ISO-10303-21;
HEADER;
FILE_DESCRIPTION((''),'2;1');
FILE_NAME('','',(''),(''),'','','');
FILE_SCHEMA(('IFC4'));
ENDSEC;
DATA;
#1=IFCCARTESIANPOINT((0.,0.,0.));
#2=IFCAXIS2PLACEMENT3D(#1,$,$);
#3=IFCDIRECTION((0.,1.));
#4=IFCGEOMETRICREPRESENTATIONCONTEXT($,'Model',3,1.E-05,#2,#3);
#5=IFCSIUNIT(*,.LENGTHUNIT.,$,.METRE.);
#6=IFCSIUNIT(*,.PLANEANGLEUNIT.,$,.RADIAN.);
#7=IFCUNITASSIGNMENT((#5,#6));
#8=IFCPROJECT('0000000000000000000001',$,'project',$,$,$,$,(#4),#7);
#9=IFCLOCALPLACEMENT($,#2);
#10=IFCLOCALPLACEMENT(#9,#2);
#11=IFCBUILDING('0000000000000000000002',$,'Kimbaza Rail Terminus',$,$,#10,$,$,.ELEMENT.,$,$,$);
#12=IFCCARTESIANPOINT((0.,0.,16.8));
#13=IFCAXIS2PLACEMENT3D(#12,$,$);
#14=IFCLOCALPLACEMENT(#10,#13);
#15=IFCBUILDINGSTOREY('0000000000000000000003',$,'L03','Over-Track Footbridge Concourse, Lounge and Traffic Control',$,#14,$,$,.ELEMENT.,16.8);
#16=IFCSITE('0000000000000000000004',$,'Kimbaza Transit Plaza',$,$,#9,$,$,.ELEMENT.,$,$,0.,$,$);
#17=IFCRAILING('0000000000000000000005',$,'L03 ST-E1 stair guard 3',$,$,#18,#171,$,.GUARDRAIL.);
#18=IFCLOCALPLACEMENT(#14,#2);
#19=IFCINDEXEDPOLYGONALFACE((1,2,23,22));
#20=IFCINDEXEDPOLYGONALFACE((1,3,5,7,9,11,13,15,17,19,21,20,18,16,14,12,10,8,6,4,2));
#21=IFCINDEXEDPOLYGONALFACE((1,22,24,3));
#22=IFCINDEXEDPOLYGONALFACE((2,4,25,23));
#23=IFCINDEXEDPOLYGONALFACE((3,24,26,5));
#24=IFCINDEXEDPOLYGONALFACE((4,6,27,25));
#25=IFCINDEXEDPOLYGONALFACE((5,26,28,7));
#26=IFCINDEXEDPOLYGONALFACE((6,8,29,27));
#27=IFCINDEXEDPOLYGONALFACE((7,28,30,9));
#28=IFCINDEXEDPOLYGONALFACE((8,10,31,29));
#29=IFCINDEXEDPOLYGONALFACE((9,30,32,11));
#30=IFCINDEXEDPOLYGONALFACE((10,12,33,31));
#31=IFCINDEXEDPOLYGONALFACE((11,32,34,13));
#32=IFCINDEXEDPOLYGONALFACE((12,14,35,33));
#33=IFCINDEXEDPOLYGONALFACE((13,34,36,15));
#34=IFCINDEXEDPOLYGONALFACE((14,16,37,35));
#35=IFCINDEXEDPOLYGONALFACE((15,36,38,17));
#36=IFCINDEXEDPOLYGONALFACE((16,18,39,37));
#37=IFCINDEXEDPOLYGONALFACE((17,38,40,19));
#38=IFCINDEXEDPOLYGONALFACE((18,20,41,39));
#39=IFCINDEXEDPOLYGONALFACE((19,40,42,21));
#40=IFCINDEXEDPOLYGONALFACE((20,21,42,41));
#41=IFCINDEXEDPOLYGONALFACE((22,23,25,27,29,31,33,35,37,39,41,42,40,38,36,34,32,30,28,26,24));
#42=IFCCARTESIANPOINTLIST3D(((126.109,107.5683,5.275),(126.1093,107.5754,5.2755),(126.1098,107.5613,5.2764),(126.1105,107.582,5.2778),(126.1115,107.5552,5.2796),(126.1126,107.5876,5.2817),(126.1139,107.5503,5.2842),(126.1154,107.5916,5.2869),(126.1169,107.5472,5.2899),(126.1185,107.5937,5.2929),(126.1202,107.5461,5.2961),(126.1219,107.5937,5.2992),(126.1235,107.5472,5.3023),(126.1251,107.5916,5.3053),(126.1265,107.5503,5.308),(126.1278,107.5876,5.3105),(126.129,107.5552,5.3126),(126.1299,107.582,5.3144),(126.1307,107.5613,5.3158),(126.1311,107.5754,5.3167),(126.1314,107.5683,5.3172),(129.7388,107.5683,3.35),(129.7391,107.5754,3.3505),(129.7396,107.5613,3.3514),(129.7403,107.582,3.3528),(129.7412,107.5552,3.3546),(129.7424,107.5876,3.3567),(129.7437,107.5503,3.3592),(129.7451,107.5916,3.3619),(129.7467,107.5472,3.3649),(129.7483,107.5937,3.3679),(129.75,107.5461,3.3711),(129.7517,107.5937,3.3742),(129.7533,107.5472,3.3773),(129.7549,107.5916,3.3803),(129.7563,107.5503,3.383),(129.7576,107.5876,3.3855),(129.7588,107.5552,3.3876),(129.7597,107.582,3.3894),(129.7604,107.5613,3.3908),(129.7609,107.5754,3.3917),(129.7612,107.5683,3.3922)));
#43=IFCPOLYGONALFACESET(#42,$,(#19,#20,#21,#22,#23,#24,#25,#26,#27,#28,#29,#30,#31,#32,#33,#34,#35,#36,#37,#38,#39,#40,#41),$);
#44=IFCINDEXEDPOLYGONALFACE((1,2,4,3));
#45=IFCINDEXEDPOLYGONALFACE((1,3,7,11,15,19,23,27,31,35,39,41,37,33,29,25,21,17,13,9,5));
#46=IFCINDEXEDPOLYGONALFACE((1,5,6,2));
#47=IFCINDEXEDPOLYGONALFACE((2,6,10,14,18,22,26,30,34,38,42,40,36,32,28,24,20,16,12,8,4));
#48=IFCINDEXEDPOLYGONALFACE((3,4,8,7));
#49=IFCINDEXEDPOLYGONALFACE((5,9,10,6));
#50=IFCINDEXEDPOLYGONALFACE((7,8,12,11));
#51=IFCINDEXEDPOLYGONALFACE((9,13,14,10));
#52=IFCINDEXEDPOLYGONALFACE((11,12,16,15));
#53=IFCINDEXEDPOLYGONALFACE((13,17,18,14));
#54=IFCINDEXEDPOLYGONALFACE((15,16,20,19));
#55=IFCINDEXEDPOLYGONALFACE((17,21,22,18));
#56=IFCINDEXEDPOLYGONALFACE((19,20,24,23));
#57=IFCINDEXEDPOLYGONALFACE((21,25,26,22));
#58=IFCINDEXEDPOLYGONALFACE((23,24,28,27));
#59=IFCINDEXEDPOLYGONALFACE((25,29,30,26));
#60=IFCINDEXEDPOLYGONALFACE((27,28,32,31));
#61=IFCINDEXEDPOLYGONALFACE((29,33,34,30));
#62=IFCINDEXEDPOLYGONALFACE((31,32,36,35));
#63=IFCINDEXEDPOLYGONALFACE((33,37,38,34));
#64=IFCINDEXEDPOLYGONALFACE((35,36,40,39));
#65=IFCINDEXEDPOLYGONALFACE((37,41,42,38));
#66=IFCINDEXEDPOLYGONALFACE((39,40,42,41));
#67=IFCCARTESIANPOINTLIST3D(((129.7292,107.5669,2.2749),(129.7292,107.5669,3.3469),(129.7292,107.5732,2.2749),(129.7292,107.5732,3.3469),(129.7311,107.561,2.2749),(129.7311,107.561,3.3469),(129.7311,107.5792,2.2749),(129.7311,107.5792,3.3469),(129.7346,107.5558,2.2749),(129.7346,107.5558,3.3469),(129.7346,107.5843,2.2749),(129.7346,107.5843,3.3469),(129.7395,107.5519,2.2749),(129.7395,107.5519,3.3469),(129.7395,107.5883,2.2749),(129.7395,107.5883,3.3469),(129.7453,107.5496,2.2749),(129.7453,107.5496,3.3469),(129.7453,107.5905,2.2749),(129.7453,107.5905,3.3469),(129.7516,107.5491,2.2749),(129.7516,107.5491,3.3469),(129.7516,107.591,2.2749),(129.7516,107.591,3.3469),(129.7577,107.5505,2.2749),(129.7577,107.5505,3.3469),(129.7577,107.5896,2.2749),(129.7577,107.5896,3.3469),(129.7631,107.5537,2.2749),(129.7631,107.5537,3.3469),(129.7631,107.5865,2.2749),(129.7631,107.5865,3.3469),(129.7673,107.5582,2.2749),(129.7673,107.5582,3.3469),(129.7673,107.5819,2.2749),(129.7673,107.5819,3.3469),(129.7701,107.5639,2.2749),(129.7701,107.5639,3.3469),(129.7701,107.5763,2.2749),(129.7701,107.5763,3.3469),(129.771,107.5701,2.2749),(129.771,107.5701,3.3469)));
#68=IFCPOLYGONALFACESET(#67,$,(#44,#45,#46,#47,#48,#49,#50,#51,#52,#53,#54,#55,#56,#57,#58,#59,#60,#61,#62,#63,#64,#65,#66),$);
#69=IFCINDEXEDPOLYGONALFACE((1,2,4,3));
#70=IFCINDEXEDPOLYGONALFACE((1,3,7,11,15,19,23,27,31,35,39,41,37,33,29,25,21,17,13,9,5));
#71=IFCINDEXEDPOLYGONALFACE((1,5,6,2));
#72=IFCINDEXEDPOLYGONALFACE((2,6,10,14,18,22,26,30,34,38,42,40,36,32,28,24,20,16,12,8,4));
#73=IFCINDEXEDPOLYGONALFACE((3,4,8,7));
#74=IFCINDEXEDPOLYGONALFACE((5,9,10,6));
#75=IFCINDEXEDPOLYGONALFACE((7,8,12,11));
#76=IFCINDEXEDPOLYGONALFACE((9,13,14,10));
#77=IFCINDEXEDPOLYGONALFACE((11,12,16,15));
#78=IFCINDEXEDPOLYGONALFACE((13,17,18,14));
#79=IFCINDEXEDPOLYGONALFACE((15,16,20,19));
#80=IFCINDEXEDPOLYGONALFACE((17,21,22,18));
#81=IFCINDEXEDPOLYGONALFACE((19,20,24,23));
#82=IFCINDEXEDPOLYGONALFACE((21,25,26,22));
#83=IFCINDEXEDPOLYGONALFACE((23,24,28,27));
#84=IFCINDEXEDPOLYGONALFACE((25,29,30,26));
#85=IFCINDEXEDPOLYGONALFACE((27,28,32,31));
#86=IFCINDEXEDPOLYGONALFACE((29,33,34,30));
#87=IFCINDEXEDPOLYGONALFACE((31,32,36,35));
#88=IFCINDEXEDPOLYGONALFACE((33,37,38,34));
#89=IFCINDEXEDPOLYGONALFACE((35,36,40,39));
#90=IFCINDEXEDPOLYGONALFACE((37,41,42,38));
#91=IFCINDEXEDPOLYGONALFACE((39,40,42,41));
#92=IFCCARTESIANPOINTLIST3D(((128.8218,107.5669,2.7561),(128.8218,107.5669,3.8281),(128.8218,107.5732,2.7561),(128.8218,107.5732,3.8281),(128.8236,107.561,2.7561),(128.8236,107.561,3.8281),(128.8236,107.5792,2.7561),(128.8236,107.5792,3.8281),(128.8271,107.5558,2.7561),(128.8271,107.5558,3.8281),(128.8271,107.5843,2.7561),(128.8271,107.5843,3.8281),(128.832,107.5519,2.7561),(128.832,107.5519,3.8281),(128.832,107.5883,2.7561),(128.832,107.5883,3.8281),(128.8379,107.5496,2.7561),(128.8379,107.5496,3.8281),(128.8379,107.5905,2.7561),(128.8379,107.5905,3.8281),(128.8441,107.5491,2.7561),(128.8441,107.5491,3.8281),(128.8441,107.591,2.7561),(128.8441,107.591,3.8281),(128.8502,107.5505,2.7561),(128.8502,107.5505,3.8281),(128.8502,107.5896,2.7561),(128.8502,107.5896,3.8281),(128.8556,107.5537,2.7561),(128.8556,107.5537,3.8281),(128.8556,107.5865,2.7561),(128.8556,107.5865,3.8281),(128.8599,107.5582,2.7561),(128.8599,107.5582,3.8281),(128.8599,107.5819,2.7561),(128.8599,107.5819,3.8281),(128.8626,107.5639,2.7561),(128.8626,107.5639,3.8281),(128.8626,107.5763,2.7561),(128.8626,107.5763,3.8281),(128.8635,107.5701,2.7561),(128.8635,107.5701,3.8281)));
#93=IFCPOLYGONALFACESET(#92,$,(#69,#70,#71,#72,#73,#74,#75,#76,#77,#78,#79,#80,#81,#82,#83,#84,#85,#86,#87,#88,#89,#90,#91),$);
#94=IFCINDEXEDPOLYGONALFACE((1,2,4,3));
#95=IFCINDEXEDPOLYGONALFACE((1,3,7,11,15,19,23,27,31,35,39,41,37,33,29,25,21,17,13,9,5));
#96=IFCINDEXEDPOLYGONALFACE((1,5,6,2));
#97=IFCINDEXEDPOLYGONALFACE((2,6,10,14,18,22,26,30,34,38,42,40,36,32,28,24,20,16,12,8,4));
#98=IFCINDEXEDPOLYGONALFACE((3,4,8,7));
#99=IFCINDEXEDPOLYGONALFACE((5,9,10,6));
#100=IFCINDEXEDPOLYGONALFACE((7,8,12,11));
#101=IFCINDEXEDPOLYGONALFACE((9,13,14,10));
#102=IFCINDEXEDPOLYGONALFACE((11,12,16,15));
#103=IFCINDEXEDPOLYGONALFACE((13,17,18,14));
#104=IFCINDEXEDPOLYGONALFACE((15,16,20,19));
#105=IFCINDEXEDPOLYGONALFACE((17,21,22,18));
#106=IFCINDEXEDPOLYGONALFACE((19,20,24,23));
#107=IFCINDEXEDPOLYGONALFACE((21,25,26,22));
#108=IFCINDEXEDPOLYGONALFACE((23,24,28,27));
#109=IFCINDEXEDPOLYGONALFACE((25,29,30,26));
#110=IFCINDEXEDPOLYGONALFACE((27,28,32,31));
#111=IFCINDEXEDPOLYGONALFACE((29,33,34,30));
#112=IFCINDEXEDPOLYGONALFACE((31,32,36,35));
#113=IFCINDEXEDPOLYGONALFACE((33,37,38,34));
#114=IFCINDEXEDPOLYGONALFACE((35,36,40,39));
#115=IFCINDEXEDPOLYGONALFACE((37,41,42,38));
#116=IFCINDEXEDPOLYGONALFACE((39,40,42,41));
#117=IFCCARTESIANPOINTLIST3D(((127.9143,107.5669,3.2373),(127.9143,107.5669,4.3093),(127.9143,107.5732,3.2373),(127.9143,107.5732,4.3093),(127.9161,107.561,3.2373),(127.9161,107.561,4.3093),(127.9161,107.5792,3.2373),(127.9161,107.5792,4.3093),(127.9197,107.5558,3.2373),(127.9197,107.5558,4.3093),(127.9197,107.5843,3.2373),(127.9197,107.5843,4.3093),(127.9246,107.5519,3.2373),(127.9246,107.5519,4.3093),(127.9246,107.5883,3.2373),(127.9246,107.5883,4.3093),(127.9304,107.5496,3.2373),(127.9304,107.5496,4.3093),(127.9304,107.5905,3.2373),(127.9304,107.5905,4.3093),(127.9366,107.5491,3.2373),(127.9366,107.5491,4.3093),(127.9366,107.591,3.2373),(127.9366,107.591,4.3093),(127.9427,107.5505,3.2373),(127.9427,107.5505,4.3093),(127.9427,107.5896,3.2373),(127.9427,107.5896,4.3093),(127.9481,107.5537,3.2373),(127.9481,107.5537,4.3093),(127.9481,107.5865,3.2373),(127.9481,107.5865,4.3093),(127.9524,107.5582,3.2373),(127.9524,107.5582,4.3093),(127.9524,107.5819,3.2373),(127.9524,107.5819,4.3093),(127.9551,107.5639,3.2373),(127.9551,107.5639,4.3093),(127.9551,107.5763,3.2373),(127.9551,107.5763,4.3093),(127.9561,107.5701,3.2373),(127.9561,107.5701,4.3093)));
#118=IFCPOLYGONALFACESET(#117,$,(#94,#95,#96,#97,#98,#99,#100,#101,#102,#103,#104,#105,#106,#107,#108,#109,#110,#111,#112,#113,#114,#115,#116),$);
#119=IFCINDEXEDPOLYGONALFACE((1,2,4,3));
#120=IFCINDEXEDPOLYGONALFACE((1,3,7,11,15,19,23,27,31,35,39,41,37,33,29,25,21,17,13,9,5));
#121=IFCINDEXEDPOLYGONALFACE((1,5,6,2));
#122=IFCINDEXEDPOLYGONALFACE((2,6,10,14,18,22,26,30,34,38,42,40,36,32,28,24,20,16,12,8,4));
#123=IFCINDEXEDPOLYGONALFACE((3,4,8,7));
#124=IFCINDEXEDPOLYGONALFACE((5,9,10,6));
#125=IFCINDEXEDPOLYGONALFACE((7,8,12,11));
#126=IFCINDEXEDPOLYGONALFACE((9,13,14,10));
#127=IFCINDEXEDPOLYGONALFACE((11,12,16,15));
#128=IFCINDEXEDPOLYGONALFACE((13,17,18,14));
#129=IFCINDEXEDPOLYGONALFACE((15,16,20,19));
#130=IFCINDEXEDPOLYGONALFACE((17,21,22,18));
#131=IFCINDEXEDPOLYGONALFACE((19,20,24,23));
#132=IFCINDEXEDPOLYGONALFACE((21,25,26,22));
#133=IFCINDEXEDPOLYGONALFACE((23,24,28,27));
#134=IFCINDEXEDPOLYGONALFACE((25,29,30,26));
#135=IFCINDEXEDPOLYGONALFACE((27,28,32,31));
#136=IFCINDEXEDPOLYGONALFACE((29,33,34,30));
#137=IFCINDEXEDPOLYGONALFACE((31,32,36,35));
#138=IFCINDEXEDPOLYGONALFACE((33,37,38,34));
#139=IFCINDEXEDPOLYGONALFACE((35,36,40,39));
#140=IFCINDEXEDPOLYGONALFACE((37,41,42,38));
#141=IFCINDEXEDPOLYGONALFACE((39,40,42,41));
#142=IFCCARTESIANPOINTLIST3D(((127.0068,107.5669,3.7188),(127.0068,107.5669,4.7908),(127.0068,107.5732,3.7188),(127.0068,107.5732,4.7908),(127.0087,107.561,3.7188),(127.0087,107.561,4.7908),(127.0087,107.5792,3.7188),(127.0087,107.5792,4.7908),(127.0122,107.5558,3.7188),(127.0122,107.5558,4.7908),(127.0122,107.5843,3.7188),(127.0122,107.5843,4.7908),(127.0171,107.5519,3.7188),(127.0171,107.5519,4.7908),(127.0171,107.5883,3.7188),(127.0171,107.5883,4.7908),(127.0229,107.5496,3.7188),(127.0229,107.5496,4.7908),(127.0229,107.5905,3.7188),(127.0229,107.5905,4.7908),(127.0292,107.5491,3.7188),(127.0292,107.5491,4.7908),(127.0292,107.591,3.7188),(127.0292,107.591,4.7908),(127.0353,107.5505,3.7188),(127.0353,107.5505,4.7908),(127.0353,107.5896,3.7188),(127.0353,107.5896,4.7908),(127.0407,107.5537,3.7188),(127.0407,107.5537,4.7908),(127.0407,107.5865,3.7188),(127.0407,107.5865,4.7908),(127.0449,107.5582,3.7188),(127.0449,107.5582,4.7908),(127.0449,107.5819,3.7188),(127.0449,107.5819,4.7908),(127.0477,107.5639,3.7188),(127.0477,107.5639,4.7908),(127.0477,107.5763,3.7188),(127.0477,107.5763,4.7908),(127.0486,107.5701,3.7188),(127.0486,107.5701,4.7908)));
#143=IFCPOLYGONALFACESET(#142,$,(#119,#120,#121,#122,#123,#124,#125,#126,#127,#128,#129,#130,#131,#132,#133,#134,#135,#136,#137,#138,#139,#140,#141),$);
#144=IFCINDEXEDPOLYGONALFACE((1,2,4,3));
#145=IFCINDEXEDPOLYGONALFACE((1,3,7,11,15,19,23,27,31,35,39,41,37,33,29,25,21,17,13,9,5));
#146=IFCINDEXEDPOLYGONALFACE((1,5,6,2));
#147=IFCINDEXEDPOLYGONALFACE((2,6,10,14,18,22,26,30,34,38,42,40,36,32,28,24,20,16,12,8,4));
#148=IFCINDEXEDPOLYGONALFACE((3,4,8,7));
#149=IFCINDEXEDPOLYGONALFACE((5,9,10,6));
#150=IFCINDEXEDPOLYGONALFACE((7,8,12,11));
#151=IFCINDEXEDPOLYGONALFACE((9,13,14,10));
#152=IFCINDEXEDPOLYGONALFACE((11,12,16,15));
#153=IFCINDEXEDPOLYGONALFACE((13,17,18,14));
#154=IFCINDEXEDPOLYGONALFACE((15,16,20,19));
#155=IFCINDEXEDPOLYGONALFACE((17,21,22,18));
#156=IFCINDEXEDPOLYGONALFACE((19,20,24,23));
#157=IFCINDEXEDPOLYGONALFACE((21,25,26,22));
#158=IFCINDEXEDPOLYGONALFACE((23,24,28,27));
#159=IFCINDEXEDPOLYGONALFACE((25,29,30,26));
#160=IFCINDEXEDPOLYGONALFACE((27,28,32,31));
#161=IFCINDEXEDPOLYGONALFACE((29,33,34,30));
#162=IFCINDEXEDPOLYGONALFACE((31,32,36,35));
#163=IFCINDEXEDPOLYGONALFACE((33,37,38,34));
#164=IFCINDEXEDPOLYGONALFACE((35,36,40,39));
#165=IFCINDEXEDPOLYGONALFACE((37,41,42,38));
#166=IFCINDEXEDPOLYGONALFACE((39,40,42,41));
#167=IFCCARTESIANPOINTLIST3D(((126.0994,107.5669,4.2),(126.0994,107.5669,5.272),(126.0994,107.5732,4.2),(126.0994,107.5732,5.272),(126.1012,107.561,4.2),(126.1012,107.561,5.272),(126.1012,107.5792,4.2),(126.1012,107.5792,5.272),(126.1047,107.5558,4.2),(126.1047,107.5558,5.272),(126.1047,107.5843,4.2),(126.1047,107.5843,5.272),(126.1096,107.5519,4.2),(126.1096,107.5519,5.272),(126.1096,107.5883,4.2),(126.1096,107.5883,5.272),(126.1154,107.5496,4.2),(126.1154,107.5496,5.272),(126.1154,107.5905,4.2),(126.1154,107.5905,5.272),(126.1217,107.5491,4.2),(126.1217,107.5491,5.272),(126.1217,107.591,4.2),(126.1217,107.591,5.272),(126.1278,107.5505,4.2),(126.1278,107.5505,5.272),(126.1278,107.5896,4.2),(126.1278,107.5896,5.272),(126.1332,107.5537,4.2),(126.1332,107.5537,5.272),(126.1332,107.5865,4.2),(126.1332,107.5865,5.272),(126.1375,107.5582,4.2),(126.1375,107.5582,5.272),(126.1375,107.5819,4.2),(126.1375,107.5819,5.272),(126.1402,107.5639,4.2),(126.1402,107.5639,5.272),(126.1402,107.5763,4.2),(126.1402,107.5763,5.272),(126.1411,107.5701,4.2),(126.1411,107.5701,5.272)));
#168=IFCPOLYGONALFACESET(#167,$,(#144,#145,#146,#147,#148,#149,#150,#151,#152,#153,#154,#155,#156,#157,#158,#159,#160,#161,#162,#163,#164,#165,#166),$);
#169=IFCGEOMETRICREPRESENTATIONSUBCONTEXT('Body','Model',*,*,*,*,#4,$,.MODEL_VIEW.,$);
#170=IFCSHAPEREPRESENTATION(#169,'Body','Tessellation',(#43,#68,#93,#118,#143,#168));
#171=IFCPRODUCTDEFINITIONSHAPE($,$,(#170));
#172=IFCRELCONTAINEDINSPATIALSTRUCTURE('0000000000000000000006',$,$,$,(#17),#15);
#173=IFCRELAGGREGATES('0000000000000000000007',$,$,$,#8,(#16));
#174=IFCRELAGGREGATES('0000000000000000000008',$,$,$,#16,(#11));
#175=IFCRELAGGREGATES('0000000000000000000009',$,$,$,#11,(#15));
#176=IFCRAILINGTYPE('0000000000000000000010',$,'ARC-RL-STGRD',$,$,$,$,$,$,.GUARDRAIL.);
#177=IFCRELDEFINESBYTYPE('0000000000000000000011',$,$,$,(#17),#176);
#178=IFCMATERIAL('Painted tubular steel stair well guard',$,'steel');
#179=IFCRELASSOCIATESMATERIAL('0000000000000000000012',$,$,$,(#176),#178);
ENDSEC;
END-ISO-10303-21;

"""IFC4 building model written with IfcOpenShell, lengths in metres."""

from ifc_helpers import new_model, si_unit, direction, frame, origin, origin_2d, place, context, subcontext, project, spatial, circle, extrude, material, type_object, element, save


model = new_model("IFC4")

# Units and contexts
model_context = context("Model", 3, precision=1e-05, world=origin(), true_north=direction((0.0, 1.0)))
body_context = subcontext(model_context, "Body", "Model", "MODEL_VIEW")
ifc_project = project(units=[si_unit("LENGTHUNIT", "METRE"), si_unit("PLANEANGLEUNIT", "RADIAN")], contexts=[model_context])

# Site, building, storey
site_placement = place(None, origin())
site = spatial("IfcSite", under=ifc_project, at=site_placement, Name="Kimbaza Transit Plaza", CompositionType="ELEMENT", RefElevation=0.0)
building_placement = place(site_placement, origin())
building = spatial("IfcBuilding", under=site, at=building_placement, Name="Kimbaza Rail Terminus", CompositionType="ELEMENT")
storey_placement = place(building_placement, frame((0.0, 0.0, 16.8)))
storey = spatial("IfcBuildingStorey", under=building, at=storey_placement, Name="L03", Description="Over-Track Footbridge Concourse, Lounge and Traffic Control", CompositionType="ELEMENT", Elevation=16.8)

# Railing
ifc_material_1 = material(Name="Painted tubular steel stair well guard", Category="steel")
railing_type_1 = type_object("IfcRailingType", Name="ARC-RL-STGRD", PredefinedType="GUARDRAIL", material=ifc_material_1)
railing_1_placement = place(storey_placement, frame((129.75, 107.5701, 2.2749)))
element("IfcRailing", 1, at=railing_1_placement, inside=storey, type_object=railing_type_1, Name="L03 ST-E1 stair guard 3", PredefinedType="GUARDRAIL", context=body_context, shape_type="SweptSolid", body=[
    extrude(circle(Radius=0.0239, at=origin_2d()), frame((0.0, 0.0, 1.0962), z_axis=(-0.883451, 0.0, 0.468524), x_axis=(0.0, -1.0, 0.0)), (0.0, 0.0, 1.0), 4.1086),
    extrude(circle(Radius=0.021, at=origin_2d()), origin(), (0.0, 0.0, 1.0), 1.072),
    extrude(circle(Radius=0.021, at=origin_2d()), frame((-0.9075, 0.0, 0.4812)), (0.0, 0.0, 1.0), 1.072),
    extrude(circle(Radius=0.021, at=origin_2d()), frame((-1.8149, 0.0, 0.9624)), (0.0, 0.0, 1.0), 1.072),
    extrude(circle(Radius=0.021, at=origin_2d()), frame((-2.7224, 0.0, 1.4438)), (0.0, 0.0, 1.0), 1.072),
    extrude(circle(Radius=0.021, at=origin_2d()), frame((-3.6299, 0.0, 1.925)), (0.0, 0.0, 1.0), 1.072),
])

save(model, "model.ifc")
